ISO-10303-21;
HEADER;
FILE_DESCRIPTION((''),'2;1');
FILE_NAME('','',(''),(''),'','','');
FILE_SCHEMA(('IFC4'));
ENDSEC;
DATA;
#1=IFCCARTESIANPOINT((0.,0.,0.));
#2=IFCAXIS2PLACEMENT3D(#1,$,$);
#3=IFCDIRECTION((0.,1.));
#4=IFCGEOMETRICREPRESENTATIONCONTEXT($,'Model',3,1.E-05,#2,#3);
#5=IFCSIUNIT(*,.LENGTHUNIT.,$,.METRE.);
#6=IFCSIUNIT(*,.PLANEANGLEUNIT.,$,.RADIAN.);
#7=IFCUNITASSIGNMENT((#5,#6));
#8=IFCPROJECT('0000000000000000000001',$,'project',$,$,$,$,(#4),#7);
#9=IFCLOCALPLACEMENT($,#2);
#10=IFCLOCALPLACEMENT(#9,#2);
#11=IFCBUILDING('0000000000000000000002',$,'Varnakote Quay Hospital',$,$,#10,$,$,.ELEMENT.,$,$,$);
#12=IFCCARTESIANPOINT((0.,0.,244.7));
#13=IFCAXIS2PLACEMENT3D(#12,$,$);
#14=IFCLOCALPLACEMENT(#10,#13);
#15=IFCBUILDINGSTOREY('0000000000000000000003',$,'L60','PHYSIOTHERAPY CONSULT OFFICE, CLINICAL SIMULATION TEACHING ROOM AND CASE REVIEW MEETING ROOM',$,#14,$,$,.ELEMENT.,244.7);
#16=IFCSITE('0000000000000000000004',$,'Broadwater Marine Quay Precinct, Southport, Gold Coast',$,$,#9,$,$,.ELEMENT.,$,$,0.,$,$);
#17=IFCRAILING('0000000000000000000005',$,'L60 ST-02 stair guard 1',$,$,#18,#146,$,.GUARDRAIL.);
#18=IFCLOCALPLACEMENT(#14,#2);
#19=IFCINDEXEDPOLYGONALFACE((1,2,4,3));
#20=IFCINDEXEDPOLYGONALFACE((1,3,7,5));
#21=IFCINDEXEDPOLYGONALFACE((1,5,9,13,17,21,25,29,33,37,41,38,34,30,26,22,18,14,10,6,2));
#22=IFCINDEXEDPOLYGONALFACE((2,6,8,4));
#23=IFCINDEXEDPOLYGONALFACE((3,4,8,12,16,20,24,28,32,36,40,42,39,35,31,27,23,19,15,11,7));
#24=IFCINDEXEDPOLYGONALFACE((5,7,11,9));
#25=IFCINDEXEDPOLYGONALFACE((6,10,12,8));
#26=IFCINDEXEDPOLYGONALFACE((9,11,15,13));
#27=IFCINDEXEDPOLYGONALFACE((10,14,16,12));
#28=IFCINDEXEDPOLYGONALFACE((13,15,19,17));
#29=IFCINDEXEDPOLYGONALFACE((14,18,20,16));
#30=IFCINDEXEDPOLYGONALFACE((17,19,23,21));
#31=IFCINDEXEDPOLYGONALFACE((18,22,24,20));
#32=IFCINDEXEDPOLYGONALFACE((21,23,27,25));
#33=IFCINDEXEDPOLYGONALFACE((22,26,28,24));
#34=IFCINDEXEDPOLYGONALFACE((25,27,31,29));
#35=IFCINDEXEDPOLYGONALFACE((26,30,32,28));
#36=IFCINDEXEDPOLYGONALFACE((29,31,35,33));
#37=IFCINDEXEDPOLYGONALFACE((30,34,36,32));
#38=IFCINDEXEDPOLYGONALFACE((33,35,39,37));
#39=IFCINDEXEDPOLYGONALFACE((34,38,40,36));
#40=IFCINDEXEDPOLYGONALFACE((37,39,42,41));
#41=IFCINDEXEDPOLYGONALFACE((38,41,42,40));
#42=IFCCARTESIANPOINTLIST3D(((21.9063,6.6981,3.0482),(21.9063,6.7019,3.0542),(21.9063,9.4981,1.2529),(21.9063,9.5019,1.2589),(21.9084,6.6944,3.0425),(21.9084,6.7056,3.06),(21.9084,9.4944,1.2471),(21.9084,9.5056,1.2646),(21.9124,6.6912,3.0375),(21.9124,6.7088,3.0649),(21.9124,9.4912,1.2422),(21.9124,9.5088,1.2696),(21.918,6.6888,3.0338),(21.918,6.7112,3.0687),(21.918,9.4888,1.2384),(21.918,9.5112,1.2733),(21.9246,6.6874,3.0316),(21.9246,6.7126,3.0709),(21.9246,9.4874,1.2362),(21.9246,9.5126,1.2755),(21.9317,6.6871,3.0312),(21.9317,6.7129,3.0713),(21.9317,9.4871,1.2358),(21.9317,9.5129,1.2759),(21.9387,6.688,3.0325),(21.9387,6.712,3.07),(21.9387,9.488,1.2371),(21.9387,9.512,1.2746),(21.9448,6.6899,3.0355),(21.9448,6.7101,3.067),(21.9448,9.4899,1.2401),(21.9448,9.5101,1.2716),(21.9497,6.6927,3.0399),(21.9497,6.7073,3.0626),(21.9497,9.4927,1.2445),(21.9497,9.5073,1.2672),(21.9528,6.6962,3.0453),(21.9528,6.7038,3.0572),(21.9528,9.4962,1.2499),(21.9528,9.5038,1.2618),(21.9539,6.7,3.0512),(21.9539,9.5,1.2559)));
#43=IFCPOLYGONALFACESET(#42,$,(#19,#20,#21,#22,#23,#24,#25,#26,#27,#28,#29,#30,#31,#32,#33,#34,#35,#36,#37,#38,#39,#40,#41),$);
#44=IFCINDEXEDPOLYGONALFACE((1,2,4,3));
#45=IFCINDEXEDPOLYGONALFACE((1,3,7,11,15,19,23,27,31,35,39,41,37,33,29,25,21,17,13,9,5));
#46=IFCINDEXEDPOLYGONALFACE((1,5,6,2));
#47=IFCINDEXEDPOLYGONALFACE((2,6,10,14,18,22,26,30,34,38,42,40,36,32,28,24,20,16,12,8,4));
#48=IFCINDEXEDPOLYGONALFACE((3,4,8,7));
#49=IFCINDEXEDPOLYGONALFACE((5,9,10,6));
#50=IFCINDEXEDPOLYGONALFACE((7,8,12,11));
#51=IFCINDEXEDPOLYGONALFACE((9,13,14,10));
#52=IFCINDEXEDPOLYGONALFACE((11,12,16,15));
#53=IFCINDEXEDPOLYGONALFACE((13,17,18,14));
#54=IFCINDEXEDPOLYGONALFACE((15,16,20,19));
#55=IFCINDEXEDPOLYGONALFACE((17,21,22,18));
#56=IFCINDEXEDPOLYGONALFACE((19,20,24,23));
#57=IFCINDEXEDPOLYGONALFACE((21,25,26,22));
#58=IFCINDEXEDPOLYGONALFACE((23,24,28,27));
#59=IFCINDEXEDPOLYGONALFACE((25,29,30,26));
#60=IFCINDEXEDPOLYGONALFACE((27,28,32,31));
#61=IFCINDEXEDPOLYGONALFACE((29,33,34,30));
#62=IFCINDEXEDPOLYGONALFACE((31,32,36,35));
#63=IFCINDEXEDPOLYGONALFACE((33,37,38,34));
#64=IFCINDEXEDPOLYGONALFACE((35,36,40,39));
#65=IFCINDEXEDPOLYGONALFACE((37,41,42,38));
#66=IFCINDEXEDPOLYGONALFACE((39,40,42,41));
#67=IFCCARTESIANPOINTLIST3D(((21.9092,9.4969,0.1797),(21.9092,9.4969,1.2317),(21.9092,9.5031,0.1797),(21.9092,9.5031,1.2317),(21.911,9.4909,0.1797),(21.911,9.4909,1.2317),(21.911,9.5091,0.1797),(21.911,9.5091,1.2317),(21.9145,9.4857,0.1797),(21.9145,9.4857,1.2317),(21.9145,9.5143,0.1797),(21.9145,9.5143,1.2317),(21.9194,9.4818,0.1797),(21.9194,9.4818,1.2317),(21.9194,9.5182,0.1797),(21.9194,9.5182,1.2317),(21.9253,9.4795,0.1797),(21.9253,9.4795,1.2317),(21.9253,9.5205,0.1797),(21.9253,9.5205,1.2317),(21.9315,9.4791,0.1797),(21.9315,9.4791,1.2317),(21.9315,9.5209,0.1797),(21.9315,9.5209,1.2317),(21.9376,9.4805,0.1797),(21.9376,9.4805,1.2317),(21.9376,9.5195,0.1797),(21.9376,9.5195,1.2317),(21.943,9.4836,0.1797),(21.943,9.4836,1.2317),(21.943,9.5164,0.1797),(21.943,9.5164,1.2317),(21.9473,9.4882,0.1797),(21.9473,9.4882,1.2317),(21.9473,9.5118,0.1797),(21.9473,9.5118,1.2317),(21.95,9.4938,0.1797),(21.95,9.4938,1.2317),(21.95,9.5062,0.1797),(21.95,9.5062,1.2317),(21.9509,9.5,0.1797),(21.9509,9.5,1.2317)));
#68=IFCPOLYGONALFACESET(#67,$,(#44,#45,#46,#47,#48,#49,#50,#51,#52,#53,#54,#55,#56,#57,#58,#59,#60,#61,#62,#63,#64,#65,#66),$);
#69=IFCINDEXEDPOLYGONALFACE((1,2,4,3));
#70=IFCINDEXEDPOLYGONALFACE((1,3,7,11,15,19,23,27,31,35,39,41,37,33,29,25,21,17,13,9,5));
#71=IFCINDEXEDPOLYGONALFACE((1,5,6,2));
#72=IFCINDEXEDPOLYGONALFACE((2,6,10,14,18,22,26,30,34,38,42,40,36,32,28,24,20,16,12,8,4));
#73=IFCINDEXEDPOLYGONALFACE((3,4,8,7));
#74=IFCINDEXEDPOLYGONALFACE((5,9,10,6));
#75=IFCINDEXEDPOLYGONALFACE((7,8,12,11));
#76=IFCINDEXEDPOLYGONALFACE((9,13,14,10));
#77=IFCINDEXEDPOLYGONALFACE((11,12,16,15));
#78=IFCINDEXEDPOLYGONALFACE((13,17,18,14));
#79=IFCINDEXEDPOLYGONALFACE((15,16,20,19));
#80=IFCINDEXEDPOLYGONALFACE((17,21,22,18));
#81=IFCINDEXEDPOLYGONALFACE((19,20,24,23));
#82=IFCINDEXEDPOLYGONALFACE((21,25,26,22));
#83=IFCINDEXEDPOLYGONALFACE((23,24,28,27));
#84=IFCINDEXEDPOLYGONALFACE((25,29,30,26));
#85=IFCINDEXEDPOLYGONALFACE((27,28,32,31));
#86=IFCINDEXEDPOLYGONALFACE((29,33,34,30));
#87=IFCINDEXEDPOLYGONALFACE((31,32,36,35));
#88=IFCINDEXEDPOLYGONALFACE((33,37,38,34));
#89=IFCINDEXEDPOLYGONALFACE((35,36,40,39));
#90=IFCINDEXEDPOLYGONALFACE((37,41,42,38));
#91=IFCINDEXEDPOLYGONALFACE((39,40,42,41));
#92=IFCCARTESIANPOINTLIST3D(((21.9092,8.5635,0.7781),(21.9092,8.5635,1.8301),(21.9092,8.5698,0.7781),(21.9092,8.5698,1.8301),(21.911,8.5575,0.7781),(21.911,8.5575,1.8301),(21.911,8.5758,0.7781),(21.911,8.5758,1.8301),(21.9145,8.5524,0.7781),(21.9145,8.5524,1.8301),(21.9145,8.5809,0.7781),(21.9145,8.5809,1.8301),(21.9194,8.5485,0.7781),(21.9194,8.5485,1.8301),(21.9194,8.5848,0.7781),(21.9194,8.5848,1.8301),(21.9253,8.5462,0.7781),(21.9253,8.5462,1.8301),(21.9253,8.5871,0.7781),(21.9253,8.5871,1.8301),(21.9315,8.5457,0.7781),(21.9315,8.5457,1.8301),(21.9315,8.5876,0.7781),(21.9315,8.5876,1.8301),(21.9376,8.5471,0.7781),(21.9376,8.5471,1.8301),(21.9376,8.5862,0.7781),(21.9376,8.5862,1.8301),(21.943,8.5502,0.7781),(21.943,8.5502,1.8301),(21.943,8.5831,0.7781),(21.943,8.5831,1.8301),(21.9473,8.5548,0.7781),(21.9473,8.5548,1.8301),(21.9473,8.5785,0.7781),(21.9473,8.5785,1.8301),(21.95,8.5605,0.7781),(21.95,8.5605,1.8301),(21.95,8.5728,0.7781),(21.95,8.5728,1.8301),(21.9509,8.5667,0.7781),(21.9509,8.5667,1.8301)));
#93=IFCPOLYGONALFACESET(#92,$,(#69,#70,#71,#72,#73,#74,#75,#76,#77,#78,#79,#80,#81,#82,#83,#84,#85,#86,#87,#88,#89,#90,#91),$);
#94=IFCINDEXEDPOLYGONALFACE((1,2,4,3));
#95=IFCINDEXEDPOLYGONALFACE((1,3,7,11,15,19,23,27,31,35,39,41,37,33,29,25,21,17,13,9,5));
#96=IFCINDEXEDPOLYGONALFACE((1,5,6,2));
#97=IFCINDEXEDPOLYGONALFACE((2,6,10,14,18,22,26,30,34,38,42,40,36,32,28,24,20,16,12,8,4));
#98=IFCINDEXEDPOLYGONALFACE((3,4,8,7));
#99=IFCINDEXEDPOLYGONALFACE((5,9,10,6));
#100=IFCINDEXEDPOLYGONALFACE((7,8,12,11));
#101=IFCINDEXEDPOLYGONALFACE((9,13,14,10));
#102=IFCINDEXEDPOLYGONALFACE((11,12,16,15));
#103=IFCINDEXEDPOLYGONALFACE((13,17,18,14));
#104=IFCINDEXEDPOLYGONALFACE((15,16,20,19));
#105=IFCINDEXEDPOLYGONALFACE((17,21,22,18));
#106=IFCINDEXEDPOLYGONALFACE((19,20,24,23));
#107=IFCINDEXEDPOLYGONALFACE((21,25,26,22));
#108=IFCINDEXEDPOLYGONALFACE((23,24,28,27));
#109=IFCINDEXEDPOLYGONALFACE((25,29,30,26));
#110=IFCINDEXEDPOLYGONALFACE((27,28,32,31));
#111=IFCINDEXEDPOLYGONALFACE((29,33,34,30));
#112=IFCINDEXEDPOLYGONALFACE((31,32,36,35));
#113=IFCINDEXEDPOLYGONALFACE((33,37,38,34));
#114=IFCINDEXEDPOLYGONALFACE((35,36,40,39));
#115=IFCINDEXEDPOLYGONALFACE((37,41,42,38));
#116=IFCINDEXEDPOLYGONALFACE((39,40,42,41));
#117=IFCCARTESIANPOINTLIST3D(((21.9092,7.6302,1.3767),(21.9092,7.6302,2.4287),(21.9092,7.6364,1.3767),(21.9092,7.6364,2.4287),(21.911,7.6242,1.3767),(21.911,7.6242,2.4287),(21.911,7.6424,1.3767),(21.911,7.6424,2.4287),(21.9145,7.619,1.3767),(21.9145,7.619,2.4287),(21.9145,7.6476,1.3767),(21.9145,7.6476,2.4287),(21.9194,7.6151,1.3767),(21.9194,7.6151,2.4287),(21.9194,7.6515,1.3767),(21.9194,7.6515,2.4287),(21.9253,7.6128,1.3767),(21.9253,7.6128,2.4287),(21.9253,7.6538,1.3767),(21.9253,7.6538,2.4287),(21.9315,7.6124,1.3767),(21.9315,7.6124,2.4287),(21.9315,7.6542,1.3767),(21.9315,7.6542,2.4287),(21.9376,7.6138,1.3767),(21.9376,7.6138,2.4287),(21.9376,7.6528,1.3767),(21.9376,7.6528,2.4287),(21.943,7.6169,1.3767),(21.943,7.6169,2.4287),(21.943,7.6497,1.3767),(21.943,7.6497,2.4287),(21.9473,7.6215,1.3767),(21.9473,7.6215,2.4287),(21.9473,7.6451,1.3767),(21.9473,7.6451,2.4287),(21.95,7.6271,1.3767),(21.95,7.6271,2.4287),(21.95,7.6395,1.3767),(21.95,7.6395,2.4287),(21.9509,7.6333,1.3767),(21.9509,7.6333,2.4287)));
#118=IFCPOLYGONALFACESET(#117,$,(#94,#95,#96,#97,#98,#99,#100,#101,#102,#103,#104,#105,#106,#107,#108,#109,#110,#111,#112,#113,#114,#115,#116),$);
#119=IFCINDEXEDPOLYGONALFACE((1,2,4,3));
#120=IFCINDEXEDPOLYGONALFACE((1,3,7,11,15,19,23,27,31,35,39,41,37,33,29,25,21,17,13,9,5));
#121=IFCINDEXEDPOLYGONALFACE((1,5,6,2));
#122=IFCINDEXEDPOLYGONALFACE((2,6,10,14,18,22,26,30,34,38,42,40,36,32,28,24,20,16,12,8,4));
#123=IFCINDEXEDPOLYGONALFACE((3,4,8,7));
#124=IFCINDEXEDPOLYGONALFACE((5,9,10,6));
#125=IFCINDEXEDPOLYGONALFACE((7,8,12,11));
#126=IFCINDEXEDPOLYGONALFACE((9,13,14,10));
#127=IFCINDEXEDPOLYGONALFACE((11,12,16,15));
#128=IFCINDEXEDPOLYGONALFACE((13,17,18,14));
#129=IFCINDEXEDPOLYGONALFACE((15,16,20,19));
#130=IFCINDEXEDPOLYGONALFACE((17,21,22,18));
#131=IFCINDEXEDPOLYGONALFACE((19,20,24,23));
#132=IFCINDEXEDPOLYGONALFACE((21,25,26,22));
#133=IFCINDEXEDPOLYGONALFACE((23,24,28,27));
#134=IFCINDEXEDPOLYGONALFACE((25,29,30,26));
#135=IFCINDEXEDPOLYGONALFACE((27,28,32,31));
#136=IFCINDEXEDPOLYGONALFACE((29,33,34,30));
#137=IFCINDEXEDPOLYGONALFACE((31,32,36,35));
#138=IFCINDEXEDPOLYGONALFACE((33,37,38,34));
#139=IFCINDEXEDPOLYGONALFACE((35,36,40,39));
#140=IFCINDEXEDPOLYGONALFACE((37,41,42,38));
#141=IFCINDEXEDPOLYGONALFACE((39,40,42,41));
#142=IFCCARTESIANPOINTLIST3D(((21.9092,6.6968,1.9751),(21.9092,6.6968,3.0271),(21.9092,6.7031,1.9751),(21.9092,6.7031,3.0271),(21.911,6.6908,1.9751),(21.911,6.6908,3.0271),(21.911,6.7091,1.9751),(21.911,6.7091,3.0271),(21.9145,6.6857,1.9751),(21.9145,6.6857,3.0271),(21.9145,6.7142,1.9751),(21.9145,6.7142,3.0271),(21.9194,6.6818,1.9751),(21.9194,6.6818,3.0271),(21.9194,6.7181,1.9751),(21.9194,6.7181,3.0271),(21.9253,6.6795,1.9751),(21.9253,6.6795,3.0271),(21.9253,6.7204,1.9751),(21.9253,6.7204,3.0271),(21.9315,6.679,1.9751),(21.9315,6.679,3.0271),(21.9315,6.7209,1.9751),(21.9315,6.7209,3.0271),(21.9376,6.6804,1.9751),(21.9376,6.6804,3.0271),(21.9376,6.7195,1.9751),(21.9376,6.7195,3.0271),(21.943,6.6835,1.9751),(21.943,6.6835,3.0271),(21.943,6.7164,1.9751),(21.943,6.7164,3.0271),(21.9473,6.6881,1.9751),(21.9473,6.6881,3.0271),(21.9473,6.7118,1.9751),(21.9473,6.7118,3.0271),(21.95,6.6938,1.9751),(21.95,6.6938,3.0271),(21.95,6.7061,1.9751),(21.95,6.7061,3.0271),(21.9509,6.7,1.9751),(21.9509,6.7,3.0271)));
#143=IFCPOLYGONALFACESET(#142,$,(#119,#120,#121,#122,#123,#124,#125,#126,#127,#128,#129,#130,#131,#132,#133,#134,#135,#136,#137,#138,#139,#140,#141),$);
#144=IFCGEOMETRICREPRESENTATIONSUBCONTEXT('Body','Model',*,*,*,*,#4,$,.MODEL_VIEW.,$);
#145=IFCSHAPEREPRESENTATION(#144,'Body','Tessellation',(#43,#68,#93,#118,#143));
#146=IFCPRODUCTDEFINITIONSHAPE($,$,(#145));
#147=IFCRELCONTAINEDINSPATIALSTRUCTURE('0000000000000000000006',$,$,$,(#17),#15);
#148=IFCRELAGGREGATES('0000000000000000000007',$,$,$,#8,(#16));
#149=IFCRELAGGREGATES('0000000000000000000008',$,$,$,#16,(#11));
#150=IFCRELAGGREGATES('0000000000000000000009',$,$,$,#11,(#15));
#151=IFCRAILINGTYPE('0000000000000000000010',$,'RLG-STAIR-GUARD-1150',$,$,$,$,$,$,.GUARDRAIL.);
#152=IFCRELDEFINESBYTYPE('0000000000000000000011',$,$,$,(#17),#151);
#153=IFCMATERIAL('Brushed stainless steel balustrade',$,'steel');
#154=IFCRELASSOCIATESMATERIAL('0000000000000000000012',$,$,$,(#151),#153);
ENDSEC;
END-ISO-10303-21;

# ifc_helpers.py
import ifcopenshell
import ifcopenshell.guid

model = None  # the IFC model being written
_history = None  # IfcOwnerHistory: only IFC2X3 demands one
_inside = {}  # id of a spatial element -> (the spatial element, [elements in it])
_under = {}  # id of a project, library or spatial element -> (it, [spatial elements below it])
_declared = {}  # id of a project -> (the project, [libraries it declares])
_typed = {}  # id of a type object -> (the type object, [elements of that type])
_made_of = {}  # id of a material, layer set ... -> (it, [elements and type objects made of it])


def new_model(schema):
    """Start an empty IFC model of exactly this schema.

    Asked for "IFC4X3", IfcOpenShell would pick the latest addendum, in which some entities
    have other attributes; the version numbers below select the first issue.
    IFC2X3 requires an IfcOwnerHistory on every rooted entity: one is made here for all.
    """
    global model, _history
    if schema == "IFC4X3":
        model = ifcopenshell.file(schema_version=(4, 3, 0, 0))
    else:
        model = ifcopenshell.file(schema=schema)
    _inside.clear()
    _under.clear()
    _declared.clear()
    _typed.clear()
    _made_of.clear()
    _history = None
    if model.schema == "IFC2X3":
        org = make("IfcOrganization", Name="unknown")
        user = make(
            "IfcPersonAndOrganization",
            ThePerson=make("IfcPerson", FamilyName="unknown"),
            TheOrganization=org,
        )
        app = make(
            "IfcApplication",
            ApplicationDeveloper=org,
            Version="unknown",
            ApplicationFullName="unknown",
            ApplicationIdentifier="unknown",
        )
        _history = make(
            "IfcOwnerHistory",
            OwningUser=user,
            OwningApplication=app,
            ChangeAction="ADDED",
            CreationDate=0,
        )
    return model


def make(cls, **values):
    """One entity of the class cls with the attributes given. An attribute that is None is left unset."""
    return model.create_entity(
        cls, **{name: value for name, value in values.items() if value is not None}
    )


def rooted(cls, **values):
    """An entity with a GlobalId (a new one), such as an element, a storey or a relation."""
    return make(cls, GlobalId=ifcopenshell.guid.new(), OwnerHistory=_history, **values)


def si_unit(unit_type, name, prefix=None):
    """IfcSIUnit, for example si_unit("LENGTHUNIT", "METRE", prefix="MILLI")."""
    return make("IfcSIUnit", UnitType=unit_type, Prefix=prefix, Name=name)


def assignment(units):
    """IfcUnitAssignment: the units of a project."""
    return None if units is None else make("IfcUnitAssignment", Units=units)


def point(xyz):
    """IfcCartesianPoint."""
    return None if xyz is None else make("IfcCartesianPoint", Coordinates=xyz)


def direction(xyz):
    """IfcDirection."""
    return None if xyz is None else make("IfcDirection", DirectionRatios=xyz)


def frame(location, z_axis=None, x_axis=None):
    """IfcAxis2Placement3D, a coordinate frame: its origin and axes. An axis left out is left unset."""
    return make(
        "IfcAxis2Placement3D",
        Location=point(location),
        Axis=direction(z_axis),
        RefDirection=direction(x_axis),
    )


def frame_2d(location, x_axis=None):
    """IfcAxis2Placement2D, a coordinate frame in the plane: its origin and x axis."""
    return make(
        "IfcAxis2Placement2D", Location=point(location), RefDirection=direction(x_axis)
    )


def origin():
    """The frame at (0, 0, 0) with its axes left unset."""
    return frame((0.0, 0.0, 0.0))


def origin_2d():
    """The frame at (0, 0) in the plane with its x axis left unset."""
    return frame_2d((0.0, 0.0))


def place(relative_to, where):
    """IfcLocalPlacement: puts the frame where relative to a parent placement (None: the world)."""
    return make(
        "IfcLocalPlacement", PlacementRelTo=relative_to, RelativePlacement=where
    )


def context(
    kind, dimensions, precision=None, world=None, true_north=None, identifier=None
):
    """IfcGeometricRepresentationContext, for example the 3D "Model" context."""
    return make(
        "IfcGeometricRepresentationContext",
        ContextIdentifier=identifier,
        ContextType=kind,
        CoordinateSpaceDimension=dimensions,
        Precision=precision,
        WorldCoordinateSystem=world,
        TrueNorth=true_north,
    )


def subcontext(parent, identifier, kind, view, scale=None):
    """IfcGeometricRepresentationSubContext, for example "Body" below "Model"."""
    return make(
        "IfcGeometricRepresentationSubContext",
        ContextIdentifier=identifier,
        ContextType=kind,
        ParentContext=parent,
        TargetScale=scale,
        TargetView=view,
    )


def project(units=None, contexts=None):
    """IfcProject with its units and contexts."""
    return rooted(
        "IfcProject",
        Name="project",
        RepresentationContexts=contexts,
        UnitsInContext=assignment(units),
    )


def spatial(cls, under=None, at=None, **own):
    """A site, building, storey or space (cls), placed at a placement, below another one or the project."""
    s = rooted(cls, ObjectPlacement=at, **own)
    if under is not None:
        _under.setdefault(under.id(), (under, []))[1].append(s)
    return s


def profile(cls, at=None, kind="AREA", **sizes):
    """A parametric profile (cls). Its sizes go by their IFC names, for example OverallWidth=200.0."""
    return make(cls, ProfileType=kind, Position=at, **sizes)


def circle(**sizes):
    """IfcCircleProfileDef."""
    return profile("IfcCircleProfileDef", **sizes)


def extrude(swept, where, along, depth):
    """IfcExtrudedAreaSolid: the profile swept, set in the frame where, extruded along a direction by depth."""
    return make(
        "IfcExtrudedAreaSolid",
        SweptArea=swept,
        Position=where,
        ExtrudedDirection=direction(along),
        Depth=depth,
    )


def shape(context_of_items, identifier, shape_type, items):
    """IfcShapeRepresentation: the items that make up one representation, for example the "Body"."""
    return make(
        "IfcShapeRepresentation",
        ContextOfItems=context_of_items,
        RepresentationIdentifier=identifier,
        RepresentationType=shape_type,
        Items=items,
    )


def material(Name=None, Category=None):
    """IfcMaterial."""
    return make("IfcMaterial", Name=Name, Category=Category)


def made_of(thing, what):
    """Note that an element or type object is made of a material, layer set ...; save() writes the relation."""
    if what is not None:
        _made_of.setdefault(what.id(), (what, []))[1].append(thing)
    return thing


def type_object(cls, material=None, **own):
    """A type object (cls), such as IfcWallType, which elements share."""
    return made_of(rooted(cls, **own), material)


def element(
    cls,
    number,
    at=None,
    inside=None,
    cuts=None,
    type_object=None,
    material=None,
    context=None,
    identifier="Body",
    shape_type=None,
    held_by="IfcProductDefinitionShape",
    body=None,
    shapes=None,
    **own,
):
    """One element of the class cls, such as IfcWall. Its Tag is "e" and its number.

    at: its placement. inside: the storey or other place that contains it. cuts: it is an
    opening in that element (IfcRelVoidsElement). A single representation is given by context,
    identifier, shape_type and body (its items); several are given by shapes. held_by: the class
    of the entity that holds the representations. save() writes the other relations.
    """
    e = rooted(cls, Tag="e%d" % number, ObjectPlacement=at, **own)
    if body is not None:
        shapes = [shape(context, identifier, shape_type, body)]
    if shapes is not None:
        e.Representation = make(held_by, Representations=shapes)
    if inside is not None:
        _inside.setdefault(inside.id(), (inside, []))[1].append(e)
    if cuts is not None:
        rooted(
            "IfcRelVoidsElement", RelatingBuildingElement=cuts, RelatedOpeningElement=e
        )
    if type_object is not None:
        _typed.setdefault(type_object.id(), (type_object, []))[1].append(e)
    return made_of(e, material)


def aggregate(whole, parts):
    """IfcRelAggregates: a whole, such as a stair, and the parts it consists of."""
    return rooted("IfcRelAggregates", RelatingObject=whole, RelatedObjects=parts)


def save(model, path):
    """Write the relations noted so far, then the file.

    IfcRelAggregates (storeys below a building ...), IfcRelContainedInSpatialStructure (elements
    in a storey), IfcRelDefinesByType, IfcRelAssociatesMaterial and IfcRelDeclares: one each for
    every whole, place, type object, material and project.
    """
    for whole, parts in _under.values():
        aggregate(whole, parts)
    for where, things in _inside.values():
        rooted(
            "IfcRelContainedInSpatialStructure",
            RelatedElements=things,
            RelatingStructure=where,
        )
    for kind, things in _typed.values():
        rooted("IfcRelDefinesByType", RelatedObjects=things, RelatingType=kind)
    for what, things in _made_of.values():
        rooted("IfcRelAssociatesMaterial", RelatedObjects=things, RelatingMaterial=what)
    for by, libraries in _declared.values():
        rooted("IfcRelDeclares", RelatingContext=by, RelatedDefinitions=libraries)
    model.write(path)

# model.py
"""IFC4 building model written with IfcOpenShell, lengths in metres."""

from ifc_helpers import new_model, si_unit, direction, frame, origin, origin_2d, place, context, subcontext, project, spatial, circle, extrude, material, type_object, element, save


model = new_model("IFC4")

# Units and contexts
model_context = context("Model", 3, precision=1e-05, world=origin(), true_north=direction((0.0, 1.0)))
body_context = subcontext(model_context, "Body", "Model", "MODEL_VIEW")
ifc_project = project(units=[si_unit("LENGTHUNIT", "METRE"), si_unit("PLANEANGLEUNIT", "RADIAN")], contexts=[model_context])

# Site, building, storey
site_placement = place(None, origin())
site = spatial("IfcSite", under=ifc_project, at=site_placement, Name="Broadwater Marine Quay Precinct, Southport, Gold Coast", CompositionType="ELEMENT", RefElevation=0.0)
building_placement = place(site_placement, origin())
building = spatial("IfcBuilding", under=site, at=building_placement, Name="Varnakote Quay Hospital", CompositionType="ELEMENT")
storey_placement = place(building_placement, frame((0.0, 0.0, 244.7)))
storey = spatial("IfcBuildingStorey", under=building, at=storey_placement, Name="L60", Description="PHYSIOTHERAPY CONSULT OFFICE, CLINICAL SIMULATION TEACHING ROOM AND CASE REVIEW MEETING ROOM", CompositionType="ELEMENT", Elevation=244.7)

# Railing
ifc_material_1 = material(Name="Brushed stainless steel balustrade", Category="steel")
railing_type_1 = type_object("IfcRailingType", Name="RLG-STAIR-GUARD-1150", PredefinedType="GUARDRAIL", material=ifc_material_1)
railing_1_placement = place(storey_placement, frame((21.9299, 9.5, 0.1797)))
element("IfcRailing", 1, at=railing_1_placement, inside=storey, type_object=railing_type_1, Name="L60 ST-02 stair guard 1", PredefinedType="GUARDRAIL", context=body_context, shape_type="SweptSolid", body=[
    extrude(circle(Radius=0.0239, at=origin_2d()), frame((0.0, 0.0, 1.0762), z_axis=(0.0, -0.84181, 0.539774), x_axis=(1.0, 0.0, 0.0)), (0.0, 0.0, 1.0), 3.3262),
    extrude(circle(Radius=0.021, at=origin_2d()), origin(), (0.0, 0.0, 1.0), 1.052),
    extrude(circle(Radius=0.021, at=origin_2d()), frame((0.0, -0.9333, 0.5984)), (0.0, 0.0, 1.0), 1.052),
    extrude(circle(Radius=0.021, at=origin_2d()), frame((0.0, -1.8667, 1.197)), (0.0, 0.0, 1.0), 1.052),
    extrude(circle(Radius=0.021, at=origin_2d()), frame((0.0, -2.8, 1.7954)), (0.0, 0.0, 1.0), 1.052),
])

save(model, "model.ifc")
